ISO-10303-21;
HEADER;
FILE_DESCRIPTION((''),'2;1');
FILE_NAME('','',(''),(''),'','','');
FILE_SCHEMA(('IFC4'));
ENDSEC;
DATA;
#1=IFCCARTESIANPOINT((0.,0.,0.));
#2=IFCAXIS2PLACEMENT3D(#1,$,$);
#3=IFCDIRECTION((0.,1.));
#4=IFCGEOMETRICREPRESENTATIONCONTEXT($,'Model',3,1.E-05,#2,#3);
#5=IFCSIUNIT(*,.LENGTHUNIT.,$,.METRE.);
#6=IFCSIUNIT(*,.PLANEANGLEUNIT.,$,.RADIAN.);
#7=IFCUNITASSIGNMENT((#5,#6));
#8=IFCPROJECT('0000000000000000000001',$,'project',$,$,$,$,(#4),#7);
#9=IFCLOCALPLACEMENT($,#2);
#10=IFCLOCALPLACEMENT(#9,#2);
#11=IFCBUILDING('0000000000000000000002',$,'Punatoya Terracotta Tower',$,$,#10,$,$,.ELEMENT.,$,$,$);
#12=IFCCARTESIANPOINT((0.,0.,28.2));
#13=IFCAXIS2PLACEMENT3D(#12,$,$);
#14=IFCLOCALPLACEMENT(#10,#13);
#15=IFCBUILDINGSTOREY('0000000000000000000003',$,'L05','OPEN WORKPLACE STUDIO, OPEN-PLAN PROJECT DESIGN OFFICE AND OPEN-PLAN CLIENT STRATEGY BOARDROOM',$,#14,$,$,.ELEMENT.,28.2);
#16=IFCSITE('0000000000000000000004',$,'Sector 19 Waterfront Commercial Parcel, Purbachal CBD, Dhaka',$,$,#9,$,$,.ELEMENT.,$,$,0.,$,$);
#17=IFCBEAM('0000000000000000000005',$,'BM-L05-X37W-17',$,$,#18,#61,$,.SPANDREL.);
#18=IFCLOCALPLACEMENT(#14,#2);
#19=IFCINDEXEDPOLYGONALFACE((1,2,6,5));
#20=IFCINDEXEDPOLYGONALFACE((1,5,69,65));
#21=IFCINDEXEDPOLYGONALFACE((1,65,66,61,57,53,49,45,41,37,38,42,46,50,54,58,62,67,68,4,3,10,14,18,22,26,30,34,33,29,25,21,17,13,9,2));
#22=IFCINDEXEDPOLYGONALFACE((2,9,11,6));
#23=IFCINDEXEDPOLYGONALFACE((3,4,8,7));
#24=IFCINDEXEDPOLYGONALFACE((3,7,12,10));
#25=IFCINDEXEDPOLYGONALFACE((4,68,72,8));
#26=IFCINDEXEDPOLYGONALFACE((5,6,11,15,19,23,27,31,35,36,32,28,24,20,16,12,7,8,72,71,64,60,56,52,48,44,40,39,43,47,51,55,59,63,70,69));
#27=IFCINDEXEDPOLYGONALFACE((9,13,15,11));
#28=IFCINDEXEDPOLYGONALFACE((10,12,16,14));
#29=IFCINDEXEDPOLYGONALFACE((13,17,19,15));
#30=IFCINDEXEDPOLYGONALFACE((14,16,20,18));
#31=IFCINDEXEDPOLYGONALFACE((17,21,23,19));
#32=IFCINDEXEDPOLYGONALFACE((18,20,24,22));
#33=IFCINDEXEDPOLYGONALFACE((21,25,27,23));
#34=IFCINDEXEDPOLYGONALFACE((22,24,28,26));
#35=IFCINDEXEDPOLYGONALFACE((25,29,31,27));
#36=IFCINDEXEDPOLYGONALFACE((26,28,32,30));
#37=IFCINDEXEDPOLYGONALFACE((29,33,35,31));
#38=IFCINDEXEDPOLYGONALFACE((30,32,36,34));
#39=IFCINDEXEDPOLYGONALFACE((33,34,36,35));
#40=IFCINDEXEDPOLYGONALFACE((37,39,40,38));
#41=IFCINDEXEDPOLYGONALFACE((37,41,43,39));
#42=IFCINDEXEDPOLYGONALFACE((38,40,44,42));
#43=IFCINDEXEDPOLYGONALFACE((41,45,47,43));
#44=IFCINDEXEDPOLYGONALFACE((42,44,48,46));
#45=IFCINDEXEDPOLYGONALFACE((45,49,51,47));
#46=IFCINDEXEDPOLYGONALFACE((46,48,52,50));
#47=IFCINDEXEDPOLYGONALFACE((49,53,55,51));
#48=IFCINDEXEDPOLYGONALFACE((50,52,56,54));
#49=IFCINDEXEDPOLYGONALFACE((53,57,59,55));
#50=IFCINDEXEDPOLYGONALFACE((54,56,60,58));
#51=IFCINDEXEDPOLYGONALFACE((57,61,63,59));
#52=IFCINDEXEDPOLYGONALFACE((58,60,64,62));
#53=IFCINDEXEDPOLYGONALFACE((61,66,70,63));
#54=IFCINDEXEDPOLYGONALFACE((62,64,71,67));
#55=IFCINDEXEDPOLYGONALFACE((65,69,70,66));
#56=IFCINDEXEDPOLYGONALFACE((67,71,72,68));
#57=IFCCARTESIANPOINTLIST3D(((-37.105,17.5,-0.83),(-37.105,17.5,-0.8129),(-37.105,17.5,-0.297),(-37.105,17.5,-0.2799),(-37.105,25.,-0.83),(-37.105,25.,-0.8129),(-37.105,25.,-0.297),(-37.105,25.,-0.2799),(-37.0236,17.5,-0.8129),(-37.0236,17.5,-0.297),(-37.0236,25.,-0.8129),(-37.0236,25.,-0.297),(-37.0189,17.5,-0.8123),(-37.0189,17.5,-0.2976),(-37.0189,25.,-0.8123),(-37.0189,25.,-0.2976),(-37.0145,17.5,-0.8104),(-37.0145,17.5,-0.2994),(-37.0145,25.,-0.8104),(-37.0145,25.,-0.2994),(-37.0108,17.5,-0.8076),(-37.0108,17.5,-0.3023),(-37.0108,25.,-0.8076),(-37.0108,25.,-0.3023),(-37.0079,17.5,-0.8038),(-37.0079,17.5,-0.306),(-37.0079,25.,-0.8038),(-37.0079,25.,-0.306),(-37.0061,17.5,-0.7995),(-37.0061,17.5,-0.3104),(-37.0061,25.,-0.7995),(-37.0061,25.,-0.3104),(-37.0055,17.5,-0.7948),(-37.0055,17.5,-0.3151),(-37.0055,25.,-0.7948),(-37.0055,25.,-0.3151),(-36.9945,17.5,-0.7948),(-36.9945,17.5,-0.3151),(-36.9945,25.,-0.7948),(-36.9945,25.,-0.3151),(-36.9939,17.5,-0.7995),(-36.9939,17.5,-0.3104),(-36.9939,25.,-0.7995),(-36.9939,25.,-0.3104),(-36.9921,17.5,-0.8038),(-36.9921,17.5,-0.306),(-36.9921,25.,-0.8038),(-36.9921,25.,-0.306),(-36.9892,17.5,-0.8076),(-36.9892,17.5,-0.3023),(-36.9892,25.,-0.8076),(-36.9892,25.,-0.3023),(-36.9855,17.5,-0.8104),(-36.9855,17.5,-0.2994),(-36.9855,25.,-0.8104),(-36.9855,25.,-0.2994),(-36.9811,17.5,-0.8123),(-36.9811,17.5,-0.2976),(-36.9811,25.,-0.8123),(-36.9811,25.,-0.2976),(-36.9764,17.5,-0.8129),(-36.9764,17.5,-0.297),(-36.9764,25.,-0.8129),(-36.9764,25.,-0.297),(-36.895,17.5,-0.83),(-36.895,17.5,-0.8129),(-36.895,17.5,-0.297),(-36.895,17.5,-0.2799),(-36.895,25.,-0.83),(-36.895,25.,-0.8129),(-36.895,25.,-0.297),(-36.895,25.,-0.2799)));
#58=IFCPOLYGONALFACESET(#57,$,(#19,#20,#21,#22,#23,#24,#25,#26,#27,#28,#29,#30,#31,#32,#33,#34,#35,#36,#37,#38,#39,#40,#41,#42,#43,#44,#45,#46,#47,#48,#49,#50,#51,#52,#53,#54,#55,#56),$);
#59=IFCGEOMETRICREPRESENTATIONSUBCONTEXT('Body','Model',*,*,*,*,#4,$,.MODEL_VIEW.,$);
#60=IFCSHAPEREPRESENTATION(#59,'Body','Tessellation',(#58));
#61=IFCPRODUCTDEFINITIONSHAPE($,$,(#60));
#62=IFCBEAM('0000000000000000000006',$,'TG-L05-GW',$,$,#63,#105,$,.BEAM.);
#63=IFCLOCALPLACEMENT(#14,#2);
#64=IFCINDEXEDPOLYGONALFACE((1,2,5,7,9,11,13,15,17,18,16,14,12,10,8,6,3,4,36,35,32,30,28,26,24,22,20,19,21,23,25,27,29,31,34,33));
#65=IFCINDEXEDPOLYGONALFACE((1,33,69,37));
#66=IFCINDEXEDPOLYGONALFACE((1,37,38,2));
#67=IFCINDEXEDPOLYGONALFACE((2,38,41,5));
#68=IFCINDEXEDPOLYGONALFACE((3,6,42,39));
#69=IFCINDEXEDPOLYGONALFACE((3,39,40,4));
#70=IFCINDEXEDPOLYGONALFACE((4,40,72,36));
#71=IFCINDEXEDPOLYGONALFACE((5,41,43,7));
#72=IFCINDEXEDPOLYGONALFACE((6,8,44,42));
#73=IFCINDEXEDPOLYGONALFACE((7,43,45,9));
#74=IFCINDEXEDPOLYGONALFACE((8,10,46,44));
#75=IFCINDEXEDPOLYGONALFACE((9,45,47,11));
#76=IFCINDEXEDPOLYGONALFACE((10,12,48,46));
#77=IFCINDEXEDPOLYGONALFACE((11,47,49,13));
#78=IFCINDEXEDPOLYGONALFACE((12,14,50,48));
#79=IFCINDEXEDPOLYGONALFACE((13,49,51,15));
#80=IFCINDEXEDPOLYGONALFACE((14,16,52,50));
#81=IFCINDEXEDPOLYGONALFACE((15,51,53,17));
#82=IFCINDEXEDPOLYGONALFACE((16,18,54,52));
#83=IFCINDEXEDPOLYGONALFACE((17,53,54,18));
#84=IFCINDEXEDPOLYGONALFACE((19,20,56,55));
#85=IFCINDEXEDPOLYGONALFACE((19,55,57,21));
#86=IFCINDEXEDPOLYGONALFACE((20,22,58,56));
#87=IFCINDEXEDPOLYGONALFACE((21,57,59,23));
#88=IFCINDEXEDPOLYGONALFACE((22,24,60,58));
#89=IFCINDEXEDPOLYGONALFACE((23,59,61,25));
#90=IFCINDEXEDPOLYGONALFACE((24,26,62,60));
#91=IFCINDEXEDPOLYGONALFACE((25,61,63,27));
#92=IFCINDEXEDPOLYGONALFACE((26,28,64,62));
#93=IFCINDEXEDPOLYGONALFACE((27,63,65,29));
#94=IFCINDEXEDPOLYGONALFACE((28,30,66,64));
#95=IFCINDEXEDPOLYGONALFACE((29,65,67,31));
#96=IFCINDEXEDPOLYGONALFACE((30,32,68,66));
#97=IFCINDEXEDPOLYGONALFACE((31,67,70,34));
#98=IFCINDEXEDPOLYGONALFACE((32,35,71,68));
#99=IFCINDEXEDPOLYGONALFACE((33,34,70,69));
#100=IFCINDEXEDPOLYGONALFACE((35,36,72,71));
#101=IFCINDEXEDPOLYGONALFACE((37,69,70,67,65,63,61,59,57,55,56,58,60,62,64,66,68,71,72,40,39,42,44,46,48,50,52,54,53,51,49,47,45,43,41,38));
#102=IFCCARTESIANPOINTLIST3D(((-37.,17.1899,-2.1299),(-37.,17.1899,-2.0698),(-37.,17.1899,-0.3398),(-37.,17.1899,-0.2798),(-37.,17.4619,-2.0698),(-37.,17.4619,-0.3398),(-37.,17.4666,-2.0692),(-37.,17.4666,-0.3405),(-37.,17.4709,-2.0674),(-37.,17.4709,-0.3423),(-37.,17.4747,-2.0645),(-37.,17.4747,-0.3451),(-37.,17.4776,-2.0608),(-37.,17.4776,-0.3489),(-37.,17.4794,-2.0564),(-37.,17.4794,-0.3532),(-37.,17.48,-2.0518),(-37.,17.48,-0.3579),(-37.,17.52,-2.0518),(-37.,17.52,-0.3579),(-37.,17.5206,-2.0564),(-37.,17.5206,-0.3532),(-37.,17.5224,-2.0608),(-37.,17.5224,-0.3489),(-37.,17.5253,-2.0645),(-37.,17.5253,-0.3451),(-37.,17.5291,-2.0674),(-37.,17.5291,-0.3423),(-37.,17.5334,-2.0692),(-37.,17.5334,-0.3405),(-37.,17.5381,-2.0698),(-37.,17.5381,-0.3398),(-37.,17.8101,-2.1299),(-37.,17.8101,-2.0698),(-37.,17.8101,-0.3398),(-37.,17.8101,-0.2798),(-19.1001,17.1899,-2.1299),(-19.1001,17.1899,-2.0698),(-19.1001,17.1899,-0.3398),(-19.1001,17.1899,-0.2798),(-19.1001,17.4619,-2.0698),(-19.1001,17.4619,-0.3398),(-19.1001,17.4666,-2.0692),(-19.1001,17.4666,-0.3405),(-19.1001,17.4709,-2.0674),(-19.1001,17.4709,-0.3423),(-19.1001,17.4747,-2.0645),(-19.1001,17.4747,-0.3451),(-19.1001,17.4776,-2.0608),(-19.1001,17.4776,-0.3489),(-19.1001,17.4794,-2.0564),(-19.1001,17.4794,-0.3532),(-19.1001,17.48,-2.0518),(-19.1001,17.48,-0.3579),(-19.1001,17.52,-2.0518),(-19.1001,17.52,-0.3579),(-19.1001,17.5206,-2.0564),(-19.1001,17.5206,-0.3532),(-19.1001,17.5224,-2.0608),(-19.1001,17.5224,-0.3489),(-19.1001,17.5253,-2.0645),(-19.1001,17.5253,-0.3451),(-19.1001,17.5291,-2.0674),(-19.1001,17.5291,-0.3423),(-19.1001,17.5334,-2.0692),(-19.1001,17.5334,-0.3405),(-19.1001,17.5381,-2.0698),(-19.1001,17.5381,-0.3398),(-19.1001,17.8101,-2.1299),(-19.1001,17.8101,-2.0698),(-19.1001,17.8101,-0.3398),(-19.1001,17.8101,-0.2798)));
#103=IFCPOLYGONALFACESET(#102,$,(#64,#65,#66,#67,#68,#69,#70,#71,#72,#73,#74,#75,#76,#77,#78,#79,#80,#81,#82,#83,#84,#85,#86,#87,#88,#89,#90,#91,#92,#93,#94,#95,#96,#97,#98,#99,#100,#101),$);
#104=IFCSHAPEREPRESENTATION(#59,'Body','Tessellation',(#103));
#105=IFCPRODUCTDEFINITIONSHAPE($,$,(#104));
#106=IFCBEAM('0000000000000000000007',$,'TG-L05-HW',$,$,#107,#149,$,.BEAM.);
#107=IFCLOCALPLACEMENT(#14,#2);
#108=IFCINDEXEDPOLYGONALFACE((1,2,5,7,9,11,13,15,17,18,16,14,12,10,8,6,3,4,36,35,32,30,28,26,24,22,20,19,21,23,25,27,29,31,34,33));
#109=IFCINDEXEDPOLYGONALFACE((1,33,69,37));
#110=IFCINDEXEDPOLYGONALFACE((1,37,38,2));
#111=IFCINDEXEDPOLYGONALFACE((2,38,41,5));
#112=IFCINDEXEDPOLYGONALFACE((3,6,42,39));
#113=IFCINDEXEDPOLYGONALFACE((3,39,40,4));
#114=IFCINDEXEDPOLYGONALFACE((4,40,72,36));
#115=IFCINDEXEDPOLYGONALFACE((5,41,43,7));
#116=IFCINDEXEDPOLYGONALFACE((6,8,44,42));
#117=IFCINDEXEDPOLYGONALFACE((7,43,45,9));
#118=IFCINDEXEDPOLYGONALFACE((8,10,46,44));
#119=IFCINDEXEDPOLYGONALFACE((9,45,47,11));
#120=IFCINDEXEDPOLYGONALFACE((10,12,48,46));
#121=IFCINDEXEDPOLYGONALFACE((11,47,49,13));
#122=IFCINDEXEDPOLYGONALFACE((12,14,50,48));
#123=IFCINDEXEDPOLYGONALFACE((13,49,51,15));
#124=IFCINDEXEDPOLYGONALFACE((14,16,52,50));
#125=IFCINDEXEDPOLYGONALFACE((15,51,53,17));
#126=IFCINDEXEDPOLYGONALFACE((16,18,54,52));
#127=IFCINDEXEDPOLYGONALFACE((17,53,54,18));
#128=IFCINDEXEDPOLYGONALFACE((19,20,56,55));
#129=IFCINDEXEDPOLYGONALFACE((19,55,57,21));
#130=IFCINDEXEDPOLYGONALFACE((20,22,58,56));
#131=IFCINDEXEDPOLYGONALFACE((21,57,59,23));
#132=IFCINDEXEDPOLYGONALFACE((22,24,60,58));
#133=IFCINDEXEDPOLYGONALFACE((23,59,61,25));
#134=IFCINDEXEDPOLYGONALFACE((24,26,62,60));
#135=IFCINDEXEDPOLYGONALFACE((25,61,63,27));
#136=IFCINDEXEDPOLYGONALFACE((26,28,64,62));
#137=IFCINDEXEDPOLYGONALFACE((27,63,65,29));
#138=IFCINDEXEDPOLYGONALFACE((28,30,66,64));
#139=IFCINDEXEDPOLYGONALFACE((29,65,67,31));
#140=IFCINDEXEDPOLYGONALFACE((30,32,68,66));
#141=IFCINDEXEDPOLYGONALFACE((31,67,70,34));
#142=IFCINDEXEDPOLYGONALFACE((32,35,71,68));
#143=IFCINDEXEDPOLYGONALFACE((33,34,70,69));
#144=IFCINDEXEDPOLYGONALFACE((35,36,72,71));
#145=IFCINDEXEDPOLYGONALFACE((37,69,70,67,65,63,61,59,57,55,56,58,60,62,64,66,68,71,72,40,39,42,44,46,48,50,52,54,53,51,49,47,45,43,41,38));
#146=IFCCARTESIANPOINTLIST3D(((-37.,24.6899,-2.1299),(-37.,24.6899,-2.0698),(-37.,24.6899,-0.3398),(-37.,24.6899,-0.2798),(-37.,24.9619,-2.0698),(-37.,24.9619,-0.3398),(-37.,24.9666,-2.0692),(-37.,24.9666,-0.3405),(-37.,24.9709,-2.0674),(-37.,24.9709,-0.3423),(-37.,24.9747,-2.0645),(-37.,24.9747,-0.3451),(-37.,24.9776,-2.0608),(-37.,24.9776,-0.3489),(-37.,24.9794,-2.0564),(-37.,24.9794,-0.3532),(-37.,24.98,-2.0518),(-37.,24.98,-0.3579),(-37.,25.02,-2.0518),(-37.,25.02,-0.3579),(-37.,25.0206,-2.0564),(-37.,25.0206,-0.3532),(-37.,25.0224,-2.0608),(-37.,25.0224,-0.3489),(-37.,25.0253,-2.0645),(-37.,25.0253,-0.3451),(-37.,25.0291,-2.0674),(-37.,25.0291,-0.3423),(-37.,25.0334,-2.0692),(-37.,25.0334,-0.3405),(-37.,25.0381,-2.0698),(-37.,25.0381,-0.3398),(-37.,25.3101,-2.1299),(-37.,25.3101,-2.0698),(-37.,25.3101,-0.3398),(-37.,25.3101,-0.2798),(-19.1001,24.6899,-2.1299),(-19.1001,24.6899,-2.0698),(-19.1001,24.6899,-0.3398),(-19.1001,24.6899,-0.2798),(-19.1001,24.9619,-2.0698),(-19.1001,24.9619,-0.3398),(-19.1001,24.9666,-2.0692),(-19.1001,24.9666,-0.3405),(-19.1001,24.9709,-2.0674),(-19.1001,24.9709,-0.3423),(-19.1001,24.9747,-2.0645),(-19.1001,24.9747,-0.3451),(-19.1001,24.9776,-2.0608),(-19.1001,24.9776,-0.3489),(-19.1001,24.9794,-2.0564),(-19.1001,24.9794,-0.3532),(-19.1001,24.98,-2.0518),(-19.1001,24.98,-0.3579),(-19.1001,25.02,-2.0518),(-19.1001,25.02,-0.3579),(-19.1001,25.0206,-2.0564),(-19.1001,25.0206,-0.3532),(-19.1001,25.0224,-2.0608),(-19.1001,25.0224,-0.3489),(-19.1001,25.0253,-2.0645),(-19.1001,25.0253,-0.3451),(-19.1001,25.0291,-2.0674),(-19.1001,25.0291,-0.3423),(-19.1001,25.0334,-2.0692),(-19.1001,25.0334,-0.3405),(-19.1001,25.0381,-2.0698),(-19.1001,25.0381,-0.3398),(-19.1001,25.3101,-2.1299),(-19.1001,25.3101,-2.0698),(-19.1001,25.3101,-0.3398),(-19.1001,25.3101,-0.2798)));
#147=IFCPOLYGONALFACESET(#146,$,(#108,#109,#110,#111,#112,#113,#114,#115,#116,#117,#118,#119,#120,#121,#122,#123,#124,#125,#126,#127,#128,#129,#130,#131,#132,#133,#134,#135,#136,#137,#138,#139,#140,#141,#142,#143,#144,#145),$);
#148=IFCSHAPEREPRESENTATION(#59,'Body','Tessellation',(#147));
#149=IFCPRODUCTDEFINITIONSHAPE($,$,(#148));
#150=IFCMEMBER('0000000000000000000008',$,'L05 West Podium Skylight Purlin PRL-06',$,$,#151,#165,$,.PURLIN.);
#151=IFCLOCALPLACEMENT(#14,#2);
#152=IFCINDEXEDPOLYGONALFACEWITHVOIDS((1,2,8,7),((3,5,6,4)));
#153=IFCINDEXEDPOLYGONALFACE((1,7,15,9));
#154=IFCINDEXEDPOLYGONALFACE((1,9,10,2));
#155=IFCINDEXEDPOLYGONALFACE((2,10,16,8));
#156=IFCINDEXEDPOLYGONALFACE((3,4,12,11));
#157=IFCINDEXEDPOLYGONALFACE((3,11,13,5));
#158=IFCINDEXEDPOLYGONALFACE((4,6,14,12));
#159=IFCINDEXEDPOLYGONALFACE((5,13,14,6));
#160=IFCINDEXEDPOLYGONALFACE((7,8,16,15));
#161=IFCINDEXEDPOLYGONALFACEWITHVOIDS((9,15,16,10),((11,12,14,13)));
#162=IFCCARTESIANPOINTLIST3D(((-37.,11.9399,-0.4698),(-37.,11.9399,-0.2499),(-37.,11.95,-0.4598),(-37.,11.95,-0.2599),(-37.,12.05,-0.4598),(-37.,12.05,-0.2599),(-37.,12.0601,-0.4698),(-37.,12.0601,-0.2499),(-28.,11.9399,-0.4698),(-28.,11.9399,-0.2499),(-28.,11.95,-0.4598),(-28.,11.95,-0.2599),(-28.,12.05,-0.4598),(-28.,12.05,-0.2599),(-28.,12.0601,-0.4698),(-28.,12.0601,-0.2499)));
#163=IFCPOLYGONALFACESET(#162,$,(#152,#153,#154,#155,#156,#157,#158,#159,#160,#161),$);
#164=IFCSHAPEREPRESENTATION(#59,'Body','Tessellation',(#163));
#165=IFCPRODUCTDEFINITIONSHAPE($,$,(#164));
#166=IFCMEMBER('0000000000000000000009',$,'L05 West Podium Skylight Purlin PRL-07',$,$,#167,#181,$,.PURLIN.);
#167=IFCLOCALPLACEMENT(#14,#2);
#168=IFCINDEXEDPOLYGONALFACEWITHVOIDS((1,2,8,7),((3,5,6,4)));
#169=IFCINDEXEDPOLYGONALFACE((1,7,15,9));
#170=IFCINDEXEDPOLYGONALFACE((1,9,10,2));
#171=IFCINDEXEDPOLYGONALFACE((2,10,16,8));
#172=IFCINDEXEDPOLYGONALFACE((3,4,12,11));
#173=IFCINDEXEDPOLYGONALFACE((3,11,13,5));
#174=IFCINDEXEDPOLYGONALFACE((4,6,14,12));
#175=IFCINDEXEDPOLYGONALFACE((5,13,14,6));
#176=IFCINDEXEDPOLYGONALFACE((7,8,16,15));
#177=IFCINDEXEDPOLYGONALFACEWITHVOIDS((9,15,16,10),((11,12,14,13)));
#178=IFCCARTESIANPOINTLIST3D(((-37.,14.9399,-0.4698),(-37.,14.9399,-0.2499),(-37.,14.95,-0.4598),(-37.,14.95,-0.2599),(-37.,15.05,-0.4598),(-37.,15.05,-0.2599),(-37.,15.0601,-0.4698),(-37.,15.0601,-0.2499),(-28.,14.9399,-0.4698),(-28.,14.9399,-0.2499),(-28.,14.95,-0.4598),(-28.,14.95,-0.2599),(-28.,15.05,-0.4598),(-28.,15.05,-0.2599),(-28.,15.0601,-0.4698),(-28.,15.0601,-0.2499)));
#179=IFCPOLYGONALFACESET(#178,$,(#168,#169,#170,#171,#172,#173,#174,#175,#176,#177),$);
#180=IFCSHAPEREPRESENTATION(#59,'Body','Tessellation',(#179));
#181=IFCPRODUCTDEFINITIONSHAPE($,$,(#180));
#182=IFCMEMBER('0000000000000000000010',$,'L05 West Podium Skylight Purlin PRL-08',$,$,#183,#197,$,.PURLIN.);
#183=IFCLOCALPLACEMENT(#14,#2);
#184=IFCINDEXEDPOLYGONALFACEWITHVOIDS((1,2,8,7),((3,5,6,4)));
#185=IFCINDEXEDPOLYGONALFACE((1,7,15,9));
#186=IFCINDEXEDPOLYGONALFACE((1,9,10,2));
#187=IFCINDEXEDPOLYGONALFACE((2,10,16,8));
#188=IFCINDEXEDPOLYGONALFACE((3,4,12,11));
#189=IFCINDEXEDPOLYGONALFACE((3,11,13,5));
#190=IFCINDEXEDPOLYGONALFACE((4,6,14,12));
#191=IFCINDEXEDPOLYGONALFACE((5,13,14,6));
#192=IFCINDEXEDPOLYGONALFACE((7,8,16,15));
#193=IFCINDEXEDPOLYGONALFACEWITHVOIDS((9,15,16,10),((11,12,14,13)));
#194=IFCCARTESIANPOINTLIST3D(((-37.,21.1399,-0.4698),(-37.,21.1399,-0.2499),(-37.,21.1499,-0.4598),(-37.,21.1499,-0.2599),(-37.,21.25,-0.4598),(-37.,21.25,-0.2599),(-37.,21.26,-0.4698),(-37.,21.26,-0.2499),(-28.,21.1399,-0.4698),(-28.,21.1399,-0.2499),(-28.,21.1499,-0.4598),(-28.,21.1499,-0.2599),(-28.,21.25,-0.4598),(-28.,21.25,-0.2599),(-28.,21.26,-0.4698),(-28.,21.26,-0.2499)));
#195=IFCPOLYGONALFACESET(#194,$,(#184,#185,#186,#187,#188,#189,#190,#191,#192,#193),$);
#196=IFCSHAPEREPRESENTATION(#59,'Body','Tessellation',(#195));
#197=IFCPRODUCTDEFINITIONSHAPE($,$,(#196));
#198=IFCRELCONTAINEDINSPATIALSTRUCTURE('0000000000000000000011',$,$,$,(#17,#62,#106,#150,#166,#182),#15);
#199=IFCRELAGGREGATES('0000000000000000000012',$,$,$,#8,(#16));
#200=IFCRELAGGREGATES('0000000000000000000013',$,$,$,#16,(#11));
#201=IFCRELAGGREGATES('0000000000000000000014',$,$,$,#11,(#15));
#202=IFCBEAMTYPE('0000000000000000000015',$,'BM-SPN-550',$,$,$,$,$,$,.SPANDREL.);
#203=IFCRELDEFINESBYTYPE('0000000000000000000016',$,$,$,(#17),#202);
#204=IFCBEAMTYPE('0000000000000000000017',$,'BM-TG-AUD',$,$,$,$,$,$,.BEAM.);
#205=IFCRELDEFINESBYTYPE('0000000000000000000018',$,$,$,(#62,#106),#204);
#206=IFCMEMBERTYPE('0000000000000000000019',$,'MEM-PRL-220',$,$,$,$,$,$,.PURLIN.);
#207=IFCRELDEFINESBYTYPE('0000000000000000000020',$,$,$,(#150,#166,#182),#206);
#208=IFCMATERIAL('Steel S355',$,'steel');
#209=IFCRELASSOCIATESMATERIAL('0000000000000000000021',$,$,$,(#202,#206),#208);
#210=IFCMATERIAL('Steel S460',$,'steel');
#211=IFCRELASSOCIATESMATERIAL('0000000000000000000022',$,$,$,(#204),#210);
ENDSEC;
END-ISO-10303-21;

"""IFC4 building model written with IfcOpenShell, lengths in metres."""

from ifc_helpers import new_model, si_unit, direction, frame, origin, origin_2d, place, context, subcontext, project, spatial, hollow_rectangle, i_section, extrude, material, material_profile, profile_set, type_object, element, save


model = new_model("IFC4")

# Units and contexts
model_context = context("Model", 3, precision=1e-05, world=origin(), true_north=direction((0.0, 1.0)))
body_context = subcontext(model_context, "Body", "Model", "MODEL_VIEW")
ifc_project = project(units=[si_unit("LENGTHUNIT", "METRE"), si_unit("PLANEANGLEUNIT", "RADIAN")], contexts=[model_context])

# Site, building, storey
site_placement = place(None, origin())
site = spatial("IfcSite", under=ifc_project, at=site_placement, Name="Sector 19 Waterfront Commercial Parcel, Purbachal CBD, Dhaka", CompositionType="ELEMENT", RefElevation=0.0)
building_placement = place(site_placement, origin())
building = spatial("IfcBuilding", under=site, at=building_placement, Name="Punatoya Terracotta Tower", CompositionType="ELEMENT")
storey_placement = place(building_placement, frame((0.0, 0.0, 28.2)))
storey = spatial("IfcBuildingStorey", under=building, at=storey_placement, Name="L05", Description="OPEN WORKPLACE STUDIO, OPEN-PLAN PROJECT DESIGN OFFICE AND OPEN-PLAN CLIENT STRATEGY BOARDROOM", CompositionType="ELEMENT", Elevation=28.2)

# Shared definitions
ifc_material_1 = material(Name="Steel S460", Category="steel")

# Beams
ifc_material_2 = material(Name="Steel S355", Category="steel")
ifc_material_profile_1 = material_profile(ifc_material_2, i_section(OverallWidth=0.21, OverallDepth=0.55, WebThickness=0.011, FlangeThickness=0.0171, FilletRadius=0.0181, at=origin_2d()))
ifc_profile_set_1 = profile_set([ifc_material_profile_1], Name="Steel S355")
beam_type_1 = type_object("IfcBeamType", Name="BM-SPN-550", PredefinedType="SPANDREL", material=ifc_profile_set_1)
beam_1_placement = place(storey_placement, frame((-37.0, 17.5, -0.5549), z_axis=(0.0, 1.0, 0.0), x_axis=(-1.0, 0.0, 0.0)))
element("IfcBeam", 1, at=beam_1_placement, inside=storey, type_object=beam_type_1, Name="BM-L05-X37W-17", PredefinedType="SPANDREL", context=body_context, shape_type="SweptSolid", body=[
    extrude(i_section(OverallWidth=0.21, OverallDepth=0.55, WebThickness=0.011, FlangeThickness=0.0171, FilletRadius=0.0181, at=origin_2d()), origin(), (0.0, 0.0, 1.0), 7.5),
])
ifc_material_profile_2 = material_profile(ifc_material_1, i_section(OverallWidth=0.6201, OverallDepth=1.8501, WebThickness=0.04, FlangeThickness=0.0601, FilletRadius=0.0181, at=origin_2d()))
ifc_profile_set_2 = profile_set([ifc_material_profile_2], Name="Steel S460")
beam_type_2 = type_object("IfcBeamType", Name="BM-TG-AUD", PredefinedType="BEAM", material=ifc_profile_set_2)
for number, where, z_axis, x_axis, name in (
    (2, (-37.0, 17.5, -1.2048), (1.0, 0.0, 0.0), (0.0, 1.0, 0.0), "TG-L05-GW"),
    (3, (-37.0, 25.0, -1.2048), (1.0, 0.0, 0.0), (0.0, 1.0, 0.0), "TG-L05-HW"),
):
    element("IfcBeam", number, at=place(storey_placement, frame(where, z_axis=z_axis, x_axis=x_axis)), inside=storey, type_object=beam_type_2, Name=name, PredefinedType="BEAM", context=body_context, shape_type="SweptSolid", body=[
        extrude(i_section(OverallWidth=0.6201, OverallDepth=1.8501, WebThickness=0.04, FlangeThickness=0.0601, FilletRadius=0.0181, at=origin_2d()), origin(), (0.0, 0.0, 1.0), 17.8999),
    ])

# Members
ifc_material_profile_3 = material_profile(ifc_material_2, hollow_rectangle(XDim=0.1201, YDim=0.22, WallThickness=0.01, at=origin_2d()))
ifc_profile_set_3 = profile_set([ifc_material_profile_3], Name="Steel S355")
member_type = type_object("IfcMemberType", Name="MEM-PRL-220", PredefinedType="PURLIN", material=ifc_profile_set_3)
for number, where, z_axis, x_axis, name in (
    (4, (-37.0, 12.0, -0.3599), (1.0, 0.0, 0.0), (0.0, 1.0, 0.0), "L05 West Podium Skylight Purlin PRL-06"),
    (5, (-37.0, 15.0, -0.3599), (1.0, 0.0, 0.0), (0.0, 1.0, 0.0), "L05 West Podium Skylight Purlin PRL-07"),
    (6, (-37.0, 21.2, -0.3599), (1.0, 0.0, 0.0), (0.0, 1.0, 0.0), "L05 West Podium Skylight Purlin PRL-08"),
):
    element("IfcMember", number, at=place(storey_placement, frame(where, z_axis=z_axis, x_axis=x_axis)), inside=storey, type_object=member_type, Name=name, PredefinedType="PURLIN", context=body_context, shape_type="SweptSolid", body=[
        extrude(hollow_rectangle(XDim=0.1201, YDim=0.22, WallThickness=0.01, at=origin_2d()), origin(), (0.0, 0.0, 1.0), 9.0),
    ])

save(model, "model.ifc")
